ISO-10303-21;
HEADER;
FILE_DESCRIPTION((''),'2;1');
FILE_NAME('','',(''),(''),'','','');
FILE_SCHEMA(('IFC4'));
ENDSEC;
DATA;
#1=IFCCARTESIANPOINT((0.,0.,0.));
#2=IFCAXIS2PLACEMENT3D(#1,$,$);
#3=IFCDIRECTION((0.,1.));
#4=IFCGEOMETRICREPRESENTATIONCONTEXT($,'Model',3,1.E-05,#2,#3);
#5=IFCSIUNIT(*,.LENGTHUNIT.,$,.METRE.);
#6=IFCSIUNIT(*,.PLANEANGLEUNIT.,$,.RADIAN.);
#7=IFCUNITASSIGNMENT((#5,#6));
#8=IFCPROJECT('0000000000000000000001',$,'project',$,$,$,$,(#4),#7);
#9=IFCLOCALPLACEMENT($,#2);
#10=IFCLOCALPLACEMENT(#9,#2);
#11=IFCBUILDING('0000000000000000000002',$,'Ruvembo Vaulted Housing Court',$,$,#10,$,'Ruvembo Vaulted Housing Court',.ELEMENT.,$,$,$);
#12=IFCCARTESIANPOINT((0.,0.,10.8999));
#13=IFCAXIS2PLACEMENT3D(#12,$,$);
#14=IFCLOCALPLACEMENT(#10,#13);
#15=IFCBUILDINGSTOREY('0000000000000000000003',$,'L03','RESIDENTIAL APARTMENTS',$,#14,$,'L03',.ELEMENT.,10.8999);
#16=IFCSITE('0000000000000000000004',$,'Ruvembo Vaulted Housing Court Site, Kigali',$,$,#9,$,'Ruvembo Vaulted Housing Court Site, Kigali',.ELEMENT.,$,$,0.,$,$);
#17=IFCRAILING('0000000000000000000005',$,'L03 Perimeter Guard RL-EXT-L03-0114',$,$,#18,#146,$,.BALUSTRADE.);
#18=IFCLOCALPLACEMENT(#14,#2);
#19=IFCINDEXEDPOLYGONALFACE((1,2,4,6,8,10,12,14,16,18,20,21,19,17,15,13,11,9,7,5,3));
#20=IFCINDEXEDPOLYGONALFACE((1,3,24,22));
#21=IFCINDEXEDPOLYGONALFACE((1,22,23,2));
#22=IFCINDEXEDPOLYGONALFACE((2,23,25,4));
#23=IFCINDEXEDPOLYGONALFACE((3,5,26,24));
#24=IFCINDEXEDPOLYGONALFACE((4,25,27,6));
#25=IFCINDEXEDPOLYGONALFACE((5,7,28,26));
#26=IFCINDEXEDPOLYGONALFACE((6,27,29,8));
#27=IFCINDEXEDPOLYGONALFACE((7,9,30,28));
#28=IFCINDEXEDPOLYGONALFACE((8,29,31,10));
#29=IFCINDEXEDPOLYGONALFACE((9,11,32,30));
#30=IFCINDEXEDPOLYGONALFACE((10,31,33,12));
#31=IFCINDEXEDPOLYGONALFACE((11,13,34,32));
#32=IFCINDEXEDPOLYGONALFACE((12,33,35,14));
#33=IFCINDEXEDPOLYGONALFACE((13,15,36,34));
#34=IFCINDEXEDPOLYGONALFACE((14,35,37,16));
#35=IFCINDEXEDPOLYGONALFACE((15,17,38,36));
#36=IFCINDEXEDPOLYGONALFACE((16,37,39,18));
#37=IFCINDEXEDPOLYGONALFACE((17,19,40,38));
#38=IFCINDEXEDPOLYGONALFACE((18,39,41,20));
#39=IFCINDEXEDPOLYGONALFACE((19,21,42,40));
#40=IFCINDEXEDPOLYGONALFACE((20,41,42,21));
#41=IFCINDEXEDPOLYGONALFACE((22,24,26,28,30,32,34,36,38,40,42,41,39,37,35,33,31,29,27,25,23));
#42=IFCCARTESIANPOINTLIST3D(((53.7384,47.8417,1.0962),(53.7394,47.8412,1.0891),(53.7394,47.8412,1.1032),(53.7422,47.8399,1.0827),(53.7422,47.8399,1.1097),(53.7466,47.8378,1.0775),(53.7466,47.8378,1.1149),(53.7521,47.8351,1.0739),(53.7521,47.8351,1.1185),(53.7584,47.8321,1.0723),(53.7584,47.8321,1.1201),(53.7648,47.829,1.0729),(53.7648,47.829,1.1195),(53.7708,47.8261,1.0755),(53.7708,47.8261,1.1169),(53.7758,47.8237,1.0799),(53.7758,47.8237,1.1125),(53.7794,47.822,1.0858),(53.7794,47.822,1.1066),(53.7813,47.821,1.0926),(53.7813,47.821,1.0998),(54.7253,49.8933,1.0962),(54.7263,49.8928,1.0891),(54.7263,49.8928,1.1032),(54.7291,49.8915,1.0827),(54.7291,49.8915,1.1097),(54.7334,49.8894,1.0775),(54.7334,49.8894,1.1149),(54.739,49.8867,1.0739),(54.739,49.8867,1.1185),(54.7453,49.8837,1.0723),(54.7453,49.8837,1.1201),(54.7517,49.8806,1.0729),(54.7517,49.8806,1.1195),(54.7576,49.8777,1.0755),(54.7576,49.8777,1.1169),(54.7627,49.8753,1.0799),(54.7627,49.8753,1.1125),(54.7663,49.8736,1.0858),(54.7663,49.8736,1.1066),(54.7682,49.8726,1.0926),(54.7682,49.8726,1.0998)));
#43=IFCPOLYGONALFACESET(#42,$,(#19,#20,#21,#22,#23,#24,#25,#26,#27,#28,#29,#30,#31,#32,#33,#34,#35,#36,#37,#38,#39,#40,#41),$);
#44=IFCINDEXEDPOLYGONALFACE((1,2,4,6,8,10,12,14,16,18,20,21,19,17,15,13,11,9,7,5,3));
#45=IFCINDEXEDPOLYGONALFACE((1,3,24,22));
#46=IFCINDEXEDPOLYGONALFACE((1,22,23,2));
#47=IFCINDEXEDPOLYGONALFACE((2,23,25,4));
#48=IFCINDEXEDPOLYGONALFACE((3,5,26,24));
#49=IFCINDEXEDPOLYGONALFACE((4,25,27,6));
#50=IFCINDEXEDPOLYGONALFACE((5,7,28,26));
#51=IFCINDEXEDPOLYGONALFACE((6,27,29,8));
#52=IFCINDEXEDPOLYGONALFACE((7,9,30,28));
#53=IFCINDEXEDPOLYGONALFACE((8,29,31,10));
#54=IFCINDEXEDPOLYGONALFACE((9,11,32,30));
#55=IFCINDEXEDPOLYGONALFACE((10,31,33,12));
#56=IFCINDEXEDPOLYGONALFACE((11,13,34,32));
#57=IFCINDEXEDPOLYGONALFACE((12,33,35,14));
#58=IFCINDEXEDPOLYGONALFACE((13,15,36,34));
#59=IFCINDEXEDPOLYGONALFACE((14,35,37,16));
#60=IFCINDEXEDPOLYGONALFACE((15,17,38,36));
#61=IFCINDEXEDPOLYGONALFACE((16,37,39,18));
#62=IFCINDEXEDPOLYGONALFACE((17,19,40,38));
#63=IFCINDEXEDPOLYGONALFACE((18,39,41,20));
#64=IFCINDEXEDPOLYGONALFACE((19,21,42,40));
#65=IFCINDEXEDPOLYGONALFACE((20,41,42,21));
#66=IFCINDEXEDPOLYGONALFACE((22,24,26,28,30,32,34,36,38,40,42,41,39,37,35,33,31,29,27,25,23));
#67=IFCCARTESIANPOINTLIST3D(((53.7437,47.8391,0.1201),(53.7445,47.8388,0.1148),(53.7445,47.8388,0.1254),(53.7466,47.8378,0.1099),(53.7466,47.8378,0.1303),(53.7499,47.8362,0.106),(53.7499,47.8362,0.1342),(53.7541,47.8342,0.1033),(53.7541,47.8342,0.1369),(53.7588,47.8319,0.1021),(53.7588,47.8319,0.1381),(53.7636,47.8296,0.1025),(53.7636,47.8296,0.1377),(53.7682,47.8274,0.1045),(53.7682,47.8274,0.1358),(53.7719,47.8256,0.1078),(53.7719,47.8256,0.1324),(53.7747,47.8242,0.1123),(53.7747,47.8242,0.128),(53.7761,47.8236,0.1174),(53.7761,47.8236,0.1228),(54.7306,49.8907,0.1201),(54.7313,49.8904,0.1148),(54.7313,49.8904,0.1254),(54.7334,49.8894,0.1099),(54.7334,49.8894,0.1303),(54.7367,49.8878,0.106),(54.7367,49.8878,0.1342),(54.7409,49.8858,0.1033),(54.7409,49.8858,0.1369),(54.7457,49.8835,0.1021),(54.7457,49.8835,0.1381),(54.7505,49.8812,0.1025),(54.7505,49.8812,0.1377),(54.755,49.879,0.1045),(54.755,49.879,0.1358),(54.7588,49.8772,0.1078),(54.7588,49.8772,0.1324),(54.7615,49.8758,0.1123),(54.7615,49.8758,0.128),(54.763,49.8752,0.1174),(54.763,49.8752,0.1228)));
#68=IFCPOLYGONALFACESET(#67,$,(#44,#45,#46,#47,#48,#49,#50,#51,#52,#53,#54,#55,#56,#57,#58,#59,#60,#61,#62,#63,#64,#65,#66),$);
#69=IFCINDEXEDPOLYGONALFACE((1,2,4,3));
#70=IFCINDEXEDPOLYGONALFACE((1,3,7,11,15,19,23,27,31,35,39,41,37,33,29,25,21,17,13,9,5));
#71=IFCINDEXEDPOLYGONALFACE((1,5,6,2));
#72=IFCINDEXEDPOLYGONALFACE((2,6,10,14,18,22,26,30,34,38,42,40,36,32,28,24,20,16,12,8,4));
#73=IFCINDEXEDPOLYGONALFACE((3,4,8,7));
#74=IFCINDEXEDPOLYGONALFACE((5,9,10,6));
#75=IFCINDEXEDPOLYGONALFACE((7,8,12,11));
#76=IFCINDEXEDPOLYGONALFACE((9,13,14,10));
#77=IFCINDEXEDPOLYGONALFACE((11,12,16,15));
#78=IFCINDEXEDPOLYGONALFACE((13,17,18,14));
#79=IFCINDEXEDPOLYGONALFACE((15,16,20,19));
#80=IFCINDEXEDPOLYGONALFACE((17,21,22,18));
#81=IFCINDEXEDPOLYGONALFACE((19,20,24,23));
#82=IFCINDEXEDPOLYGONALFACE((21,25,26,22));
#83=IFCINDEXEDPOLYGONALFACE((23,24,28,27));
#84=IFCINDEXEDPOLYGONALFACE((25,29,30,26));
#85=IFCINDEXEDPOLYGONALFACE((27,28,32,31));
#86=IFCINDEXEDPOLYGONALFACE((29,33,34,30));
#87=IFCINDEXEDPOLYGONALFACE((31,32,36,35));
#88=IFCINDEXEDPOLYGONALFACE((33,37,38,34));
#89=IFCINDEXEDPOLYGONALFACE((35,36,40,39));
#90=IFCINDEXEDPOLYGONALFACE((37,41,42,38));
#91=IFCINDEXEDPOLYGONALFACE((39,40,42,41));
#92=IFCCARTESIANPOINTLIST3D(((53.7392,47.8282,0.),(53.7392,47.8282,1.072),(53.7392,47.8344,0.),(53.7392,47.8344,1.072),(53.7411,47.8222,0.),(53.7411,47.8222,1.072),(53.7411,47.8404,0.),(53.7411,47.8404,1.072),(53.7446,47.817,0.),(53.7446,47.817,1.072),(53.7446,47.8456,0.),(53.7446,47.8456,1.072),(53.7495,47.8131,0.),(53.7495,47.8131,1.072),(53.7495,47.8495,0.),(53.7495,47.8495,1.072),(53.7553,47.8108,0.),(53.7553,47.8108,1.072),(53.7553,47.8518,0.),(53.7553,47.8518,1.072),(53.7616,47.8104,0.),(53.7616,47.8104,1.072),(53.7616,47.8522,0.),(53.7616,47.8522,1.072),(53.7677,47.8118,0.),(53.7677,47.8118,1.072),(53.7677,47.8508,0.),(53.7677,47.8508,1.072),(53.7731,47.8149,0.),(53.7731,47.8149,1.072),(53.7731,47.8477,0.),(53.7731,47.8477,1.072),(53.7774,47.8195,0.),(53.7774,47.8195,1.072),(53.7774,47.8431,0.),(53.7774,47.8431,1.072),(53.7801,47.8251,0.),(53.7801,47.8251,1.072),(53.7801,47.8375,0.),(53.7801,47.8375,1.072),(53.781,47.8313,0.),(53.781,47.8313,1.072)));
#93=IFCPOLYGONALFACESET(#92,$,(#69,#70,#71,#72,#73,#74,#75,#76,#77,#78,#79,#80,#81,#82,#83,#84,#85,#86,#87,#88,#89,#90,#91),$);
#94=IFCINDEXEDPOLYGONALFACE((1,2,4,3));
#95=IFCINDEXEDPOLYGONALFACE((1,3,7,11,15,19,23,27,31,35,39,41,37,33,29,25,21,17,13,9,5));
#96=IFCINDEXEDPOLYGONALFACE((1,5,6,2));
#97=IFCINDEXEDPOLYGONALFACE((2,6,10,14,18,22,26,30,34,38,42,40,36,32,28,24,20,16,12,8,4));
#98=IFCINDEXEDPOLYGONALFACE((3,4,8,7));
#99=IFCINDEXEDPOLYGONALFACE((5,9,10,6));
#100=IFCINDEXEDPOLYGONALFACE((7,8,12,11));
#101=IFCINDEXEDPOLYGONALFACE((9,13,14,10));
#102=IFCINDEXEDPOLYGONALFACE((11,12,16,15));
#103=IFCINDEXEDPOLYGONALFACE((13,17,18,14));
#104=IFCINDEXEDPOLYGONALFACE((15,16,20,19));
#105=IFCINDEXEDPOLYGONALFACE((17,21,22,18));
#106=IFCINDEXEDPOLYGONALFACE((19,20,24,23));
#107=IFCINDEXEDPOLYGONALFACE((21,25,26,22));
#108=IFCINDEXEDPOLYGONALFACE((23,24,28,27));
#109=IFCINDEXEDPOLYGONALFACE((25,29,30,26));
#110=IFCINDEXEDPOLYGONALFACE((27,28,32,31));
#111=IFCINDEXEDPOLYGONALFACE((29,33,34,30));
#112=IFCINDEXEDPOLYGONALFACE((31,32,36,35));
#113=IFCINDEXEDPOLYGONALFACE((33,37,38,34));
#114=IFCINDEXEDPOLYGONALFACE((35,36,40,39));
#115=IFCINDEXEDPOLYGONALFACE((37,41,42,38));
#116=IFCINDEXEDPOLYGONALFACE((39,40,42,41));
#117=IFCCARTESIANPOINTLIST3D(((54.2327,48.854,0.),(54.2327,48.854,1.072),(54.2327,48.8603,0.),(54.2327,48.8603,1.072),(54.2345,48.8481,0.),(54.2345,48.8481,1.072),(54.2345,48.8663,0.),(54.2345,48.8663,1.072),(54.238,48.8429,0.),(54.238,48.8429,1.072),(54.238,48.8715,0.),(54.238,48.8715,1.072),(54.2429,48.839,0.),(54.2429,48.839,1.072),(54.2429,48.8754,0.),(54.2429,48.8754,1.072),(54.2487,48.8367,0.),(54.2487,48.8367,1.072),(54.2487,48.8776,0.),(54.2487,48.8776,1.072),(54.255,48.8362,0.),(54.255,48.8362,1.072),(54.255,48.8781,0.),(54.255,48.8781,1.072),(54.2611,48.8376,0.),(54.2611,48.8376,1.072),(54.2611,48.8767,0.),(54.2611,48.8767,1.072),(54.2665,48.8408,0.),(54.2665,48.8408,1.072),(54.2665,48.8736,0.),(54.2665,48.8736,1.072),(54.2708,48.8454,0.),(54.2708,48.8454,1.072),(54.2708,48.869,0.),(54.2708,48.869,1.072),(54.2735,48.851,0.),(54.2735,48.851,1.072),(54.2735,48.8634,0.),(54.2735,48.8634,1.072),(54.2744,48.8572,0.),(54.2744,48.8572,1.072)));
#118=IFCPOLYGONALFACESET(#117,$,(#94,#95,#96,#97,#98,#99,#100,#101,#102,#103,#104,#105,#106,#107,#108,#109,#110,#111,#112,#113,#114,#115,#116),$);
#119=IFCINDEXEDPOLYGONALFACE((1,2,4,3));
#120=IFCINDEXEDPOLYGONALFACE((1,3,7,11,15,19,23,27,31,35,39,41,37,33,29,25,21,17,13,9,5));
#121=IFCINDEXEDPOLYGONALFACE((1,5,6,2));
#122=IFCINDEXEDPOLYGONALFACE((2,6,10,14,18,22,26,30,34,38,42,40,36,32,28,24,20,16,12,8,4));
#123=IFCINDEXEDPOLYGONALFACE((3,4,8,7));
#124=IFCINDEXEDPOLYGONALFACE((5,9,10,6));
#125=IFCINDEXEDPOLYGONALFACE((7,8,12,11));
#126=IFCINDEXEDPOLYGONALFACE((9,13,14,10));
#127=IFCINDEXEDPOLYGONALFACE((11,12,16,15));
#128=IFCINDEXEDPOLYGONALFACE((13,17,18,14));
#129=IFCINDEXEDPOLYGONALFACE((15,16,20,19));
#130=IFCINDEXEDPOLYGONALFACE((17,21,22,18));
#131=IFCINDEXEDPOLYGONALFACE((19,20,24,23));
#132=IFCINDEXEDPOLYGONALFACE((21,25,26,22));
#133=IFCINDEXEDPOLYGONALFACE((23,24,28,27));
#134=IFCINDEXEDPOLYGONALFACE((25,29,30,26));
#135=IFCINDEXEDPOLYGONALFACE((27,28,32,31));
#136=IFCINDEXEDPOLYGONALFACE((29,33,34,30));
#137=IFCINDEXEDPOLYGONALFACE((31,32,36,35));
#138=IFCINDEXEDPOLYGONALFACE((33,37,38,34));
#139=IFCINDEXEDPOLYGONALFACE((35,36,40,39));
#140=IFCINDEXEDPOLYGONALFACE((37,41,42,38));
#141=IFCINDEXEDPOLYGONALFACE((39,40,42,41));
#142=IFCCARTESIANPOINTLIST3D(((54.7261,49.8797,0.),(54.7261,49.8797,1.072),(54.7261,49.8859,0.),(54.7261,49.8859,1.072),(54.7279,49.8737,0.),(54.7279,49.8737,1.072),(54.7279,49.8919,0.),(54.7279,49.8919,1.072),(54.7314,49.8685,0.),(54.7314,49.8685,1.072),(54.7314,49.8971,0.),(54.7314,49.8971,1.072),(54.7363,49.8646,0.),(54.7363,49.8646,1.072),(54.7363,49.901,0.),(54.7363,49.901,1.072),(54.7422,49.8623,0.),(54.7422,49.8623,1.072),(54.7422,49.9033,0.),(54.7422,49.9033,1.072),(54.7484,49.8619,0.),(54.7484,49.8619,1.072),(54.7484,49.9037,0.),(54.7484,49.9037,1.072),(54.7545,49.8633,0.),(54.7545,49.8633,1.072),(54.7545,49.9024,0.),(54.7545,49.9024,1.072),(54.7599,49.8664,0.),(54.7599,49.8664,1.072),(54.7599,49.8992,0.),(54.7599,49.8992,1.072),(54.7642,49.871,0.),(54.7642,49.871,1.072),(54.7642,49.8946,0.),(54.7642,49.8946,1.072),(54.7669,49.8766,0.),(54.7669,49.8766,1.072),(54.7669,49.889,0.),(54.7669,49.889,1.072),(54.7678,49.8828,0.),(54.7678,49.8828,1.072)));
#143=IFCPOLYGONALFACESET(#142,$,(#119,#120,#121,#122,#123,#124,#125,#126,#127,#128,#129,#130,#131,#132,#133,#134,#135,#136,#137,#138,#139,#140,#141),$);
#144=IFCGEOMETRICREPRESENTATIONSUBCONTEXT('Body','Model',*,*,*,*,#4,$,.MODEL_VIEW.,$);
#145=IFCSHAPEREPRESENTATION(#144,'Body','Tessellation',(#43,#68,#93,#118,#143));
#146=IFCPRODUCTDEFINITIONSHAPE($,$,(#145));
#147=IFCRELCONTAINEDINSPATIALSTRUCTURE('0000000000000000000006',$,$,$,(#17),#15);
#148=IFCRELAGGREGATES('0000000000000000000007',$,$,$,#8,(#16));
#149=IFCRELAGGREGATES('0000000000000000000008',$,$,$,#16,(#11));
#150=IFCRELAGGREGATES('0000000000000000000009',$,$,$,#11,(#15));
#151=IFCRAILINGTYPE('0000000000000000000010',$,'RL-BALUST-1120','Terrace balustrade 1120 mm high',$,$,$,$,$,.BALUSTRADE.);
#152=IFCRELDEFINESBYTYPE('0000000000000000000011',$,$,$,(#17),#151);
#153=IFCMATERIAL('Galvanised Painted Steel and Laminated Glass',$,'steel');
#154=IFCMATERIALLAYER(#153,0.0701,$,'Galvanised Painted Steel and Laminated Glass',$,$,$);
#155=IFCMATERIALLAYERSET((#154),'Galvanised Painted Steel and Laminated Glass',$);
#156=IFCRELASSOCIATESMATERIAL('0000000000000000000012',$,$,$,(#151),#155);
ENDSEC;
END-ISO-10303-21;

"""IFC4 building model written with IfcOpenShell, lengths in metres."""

from ifc_helpers import new_model, si_unit, direction, frame, origin, origin_2d, place, context, subcontext, project, spatial, circle, extrude, material, layer, layer_set, type_object, element, save


model = new_model("IFC4")

# Units and contexts
model_context = context("Model", 3, precision=1e-05, world=origin(), true_north=direction((0.0, 1.0)))
body_context = subcontext(model_context, "Body", "Model", "MODEL_VIEW")
ifc_project = project(units=[si_unit("LENGTHUNIT", "METRE"), si_unit("PLANEANGLEUNIT", "RADIAN")], contexts=[model_context])

# Site, building, storey
site_placement = place(None, origin())
site = spatial("IfcSite", under=ifc_project, at=site_placement, Name="Ruvembo Vaulted Housing Court Site, Kigali", LongName="Ruvembo Vaulted Housing Court Site, Kigali", CompositionType="ELEMENT", RefElevation=0.0)
building_placement = place(site_placement, origin())
building = spatial("IfcBuilding", under=site, at=building_placement, Name="Ruvembo Vaulted Housing Court", LongName="Ruvembo Vaulted Housing Court", CompositionType="ELEMENT")
storey_placement = place(building_placement, frame((0.0, 0.0, 10.8999)))
storey = spatial("IfcBuildingStorey", under=building, at=storey_placement, Name="L03", Description="RESIDENTIAL APARTMENTS", LongName="L03", CompositionType="ELEMENT", Elevation=10.8999)

# Railing
ifc_material_1 = material(Name="Galvanised Painted Steel and Laminated Glass", Category="steel")
ifc_layer_1 = layer(ifc_material_1, 0.0701, Name="Galvanised Painted Steel and Laminated Glass")
ifc_layer_set_1 = layer_set([ifc_layer_1], Name="Galvanised Painted Steel and Laminated Glass")
railing_type = type_object("IfcRailingType", Name="RL-BALUST-1120", Description="Terrace balustrade 1120 mm high", PredefinedType="BALUSTRADE", material=ifc_layer_set_1)
railing_1_placement = place(storey_placement, frame((53.76, 47.8313, 0.0)))
element("IfcRailing", 1, at=railing_1_placement, inside=storey, type_object=railing_type, Name="L03 Perimeter Guard RL-EXT-L03-0114", PredefinedType="BALUSTRADE", context=body_context, shape_type="SweptSolid", body=[
    extrude(circle(Radius=0.0239, at=origin_2d()), frame((0.0, 0.0, 1.0962), z_axis=(0.433477, 0.901165, 0.0), x_axis=(-0.901165, 0.433477, 0.0)), (0.0, 0.0, 1.0), 2.2766),
    extrude(circle(Radius=0.0181, at=origin_2d()), frame((0.0, 0.0, 0.1201), z_axis=(0.433477, 0.901165, 0.0), x_axis=(-0.901165, 0.433477, 0.0)), (0.0, 0.0, 1.0), 2.2766),
    extrude(circle(Radius=0.021, at=origin_2d()), origin(), (0.0, 0.0, 1.0), 1.072),
    extrude(circle(Radius=0.021, at=origin_2d()), frame((0.4934, 1.0259, 0.0)), (0.0, 0.0, 1.0), 1.072),
    extrude(circle(Radius=0.021, at=origin_2d()), frame((0.9868, 2.0515, 0.0)), (0.0, 0.0, 1.0), 1.072),
])

save(model, "model.ifc")
